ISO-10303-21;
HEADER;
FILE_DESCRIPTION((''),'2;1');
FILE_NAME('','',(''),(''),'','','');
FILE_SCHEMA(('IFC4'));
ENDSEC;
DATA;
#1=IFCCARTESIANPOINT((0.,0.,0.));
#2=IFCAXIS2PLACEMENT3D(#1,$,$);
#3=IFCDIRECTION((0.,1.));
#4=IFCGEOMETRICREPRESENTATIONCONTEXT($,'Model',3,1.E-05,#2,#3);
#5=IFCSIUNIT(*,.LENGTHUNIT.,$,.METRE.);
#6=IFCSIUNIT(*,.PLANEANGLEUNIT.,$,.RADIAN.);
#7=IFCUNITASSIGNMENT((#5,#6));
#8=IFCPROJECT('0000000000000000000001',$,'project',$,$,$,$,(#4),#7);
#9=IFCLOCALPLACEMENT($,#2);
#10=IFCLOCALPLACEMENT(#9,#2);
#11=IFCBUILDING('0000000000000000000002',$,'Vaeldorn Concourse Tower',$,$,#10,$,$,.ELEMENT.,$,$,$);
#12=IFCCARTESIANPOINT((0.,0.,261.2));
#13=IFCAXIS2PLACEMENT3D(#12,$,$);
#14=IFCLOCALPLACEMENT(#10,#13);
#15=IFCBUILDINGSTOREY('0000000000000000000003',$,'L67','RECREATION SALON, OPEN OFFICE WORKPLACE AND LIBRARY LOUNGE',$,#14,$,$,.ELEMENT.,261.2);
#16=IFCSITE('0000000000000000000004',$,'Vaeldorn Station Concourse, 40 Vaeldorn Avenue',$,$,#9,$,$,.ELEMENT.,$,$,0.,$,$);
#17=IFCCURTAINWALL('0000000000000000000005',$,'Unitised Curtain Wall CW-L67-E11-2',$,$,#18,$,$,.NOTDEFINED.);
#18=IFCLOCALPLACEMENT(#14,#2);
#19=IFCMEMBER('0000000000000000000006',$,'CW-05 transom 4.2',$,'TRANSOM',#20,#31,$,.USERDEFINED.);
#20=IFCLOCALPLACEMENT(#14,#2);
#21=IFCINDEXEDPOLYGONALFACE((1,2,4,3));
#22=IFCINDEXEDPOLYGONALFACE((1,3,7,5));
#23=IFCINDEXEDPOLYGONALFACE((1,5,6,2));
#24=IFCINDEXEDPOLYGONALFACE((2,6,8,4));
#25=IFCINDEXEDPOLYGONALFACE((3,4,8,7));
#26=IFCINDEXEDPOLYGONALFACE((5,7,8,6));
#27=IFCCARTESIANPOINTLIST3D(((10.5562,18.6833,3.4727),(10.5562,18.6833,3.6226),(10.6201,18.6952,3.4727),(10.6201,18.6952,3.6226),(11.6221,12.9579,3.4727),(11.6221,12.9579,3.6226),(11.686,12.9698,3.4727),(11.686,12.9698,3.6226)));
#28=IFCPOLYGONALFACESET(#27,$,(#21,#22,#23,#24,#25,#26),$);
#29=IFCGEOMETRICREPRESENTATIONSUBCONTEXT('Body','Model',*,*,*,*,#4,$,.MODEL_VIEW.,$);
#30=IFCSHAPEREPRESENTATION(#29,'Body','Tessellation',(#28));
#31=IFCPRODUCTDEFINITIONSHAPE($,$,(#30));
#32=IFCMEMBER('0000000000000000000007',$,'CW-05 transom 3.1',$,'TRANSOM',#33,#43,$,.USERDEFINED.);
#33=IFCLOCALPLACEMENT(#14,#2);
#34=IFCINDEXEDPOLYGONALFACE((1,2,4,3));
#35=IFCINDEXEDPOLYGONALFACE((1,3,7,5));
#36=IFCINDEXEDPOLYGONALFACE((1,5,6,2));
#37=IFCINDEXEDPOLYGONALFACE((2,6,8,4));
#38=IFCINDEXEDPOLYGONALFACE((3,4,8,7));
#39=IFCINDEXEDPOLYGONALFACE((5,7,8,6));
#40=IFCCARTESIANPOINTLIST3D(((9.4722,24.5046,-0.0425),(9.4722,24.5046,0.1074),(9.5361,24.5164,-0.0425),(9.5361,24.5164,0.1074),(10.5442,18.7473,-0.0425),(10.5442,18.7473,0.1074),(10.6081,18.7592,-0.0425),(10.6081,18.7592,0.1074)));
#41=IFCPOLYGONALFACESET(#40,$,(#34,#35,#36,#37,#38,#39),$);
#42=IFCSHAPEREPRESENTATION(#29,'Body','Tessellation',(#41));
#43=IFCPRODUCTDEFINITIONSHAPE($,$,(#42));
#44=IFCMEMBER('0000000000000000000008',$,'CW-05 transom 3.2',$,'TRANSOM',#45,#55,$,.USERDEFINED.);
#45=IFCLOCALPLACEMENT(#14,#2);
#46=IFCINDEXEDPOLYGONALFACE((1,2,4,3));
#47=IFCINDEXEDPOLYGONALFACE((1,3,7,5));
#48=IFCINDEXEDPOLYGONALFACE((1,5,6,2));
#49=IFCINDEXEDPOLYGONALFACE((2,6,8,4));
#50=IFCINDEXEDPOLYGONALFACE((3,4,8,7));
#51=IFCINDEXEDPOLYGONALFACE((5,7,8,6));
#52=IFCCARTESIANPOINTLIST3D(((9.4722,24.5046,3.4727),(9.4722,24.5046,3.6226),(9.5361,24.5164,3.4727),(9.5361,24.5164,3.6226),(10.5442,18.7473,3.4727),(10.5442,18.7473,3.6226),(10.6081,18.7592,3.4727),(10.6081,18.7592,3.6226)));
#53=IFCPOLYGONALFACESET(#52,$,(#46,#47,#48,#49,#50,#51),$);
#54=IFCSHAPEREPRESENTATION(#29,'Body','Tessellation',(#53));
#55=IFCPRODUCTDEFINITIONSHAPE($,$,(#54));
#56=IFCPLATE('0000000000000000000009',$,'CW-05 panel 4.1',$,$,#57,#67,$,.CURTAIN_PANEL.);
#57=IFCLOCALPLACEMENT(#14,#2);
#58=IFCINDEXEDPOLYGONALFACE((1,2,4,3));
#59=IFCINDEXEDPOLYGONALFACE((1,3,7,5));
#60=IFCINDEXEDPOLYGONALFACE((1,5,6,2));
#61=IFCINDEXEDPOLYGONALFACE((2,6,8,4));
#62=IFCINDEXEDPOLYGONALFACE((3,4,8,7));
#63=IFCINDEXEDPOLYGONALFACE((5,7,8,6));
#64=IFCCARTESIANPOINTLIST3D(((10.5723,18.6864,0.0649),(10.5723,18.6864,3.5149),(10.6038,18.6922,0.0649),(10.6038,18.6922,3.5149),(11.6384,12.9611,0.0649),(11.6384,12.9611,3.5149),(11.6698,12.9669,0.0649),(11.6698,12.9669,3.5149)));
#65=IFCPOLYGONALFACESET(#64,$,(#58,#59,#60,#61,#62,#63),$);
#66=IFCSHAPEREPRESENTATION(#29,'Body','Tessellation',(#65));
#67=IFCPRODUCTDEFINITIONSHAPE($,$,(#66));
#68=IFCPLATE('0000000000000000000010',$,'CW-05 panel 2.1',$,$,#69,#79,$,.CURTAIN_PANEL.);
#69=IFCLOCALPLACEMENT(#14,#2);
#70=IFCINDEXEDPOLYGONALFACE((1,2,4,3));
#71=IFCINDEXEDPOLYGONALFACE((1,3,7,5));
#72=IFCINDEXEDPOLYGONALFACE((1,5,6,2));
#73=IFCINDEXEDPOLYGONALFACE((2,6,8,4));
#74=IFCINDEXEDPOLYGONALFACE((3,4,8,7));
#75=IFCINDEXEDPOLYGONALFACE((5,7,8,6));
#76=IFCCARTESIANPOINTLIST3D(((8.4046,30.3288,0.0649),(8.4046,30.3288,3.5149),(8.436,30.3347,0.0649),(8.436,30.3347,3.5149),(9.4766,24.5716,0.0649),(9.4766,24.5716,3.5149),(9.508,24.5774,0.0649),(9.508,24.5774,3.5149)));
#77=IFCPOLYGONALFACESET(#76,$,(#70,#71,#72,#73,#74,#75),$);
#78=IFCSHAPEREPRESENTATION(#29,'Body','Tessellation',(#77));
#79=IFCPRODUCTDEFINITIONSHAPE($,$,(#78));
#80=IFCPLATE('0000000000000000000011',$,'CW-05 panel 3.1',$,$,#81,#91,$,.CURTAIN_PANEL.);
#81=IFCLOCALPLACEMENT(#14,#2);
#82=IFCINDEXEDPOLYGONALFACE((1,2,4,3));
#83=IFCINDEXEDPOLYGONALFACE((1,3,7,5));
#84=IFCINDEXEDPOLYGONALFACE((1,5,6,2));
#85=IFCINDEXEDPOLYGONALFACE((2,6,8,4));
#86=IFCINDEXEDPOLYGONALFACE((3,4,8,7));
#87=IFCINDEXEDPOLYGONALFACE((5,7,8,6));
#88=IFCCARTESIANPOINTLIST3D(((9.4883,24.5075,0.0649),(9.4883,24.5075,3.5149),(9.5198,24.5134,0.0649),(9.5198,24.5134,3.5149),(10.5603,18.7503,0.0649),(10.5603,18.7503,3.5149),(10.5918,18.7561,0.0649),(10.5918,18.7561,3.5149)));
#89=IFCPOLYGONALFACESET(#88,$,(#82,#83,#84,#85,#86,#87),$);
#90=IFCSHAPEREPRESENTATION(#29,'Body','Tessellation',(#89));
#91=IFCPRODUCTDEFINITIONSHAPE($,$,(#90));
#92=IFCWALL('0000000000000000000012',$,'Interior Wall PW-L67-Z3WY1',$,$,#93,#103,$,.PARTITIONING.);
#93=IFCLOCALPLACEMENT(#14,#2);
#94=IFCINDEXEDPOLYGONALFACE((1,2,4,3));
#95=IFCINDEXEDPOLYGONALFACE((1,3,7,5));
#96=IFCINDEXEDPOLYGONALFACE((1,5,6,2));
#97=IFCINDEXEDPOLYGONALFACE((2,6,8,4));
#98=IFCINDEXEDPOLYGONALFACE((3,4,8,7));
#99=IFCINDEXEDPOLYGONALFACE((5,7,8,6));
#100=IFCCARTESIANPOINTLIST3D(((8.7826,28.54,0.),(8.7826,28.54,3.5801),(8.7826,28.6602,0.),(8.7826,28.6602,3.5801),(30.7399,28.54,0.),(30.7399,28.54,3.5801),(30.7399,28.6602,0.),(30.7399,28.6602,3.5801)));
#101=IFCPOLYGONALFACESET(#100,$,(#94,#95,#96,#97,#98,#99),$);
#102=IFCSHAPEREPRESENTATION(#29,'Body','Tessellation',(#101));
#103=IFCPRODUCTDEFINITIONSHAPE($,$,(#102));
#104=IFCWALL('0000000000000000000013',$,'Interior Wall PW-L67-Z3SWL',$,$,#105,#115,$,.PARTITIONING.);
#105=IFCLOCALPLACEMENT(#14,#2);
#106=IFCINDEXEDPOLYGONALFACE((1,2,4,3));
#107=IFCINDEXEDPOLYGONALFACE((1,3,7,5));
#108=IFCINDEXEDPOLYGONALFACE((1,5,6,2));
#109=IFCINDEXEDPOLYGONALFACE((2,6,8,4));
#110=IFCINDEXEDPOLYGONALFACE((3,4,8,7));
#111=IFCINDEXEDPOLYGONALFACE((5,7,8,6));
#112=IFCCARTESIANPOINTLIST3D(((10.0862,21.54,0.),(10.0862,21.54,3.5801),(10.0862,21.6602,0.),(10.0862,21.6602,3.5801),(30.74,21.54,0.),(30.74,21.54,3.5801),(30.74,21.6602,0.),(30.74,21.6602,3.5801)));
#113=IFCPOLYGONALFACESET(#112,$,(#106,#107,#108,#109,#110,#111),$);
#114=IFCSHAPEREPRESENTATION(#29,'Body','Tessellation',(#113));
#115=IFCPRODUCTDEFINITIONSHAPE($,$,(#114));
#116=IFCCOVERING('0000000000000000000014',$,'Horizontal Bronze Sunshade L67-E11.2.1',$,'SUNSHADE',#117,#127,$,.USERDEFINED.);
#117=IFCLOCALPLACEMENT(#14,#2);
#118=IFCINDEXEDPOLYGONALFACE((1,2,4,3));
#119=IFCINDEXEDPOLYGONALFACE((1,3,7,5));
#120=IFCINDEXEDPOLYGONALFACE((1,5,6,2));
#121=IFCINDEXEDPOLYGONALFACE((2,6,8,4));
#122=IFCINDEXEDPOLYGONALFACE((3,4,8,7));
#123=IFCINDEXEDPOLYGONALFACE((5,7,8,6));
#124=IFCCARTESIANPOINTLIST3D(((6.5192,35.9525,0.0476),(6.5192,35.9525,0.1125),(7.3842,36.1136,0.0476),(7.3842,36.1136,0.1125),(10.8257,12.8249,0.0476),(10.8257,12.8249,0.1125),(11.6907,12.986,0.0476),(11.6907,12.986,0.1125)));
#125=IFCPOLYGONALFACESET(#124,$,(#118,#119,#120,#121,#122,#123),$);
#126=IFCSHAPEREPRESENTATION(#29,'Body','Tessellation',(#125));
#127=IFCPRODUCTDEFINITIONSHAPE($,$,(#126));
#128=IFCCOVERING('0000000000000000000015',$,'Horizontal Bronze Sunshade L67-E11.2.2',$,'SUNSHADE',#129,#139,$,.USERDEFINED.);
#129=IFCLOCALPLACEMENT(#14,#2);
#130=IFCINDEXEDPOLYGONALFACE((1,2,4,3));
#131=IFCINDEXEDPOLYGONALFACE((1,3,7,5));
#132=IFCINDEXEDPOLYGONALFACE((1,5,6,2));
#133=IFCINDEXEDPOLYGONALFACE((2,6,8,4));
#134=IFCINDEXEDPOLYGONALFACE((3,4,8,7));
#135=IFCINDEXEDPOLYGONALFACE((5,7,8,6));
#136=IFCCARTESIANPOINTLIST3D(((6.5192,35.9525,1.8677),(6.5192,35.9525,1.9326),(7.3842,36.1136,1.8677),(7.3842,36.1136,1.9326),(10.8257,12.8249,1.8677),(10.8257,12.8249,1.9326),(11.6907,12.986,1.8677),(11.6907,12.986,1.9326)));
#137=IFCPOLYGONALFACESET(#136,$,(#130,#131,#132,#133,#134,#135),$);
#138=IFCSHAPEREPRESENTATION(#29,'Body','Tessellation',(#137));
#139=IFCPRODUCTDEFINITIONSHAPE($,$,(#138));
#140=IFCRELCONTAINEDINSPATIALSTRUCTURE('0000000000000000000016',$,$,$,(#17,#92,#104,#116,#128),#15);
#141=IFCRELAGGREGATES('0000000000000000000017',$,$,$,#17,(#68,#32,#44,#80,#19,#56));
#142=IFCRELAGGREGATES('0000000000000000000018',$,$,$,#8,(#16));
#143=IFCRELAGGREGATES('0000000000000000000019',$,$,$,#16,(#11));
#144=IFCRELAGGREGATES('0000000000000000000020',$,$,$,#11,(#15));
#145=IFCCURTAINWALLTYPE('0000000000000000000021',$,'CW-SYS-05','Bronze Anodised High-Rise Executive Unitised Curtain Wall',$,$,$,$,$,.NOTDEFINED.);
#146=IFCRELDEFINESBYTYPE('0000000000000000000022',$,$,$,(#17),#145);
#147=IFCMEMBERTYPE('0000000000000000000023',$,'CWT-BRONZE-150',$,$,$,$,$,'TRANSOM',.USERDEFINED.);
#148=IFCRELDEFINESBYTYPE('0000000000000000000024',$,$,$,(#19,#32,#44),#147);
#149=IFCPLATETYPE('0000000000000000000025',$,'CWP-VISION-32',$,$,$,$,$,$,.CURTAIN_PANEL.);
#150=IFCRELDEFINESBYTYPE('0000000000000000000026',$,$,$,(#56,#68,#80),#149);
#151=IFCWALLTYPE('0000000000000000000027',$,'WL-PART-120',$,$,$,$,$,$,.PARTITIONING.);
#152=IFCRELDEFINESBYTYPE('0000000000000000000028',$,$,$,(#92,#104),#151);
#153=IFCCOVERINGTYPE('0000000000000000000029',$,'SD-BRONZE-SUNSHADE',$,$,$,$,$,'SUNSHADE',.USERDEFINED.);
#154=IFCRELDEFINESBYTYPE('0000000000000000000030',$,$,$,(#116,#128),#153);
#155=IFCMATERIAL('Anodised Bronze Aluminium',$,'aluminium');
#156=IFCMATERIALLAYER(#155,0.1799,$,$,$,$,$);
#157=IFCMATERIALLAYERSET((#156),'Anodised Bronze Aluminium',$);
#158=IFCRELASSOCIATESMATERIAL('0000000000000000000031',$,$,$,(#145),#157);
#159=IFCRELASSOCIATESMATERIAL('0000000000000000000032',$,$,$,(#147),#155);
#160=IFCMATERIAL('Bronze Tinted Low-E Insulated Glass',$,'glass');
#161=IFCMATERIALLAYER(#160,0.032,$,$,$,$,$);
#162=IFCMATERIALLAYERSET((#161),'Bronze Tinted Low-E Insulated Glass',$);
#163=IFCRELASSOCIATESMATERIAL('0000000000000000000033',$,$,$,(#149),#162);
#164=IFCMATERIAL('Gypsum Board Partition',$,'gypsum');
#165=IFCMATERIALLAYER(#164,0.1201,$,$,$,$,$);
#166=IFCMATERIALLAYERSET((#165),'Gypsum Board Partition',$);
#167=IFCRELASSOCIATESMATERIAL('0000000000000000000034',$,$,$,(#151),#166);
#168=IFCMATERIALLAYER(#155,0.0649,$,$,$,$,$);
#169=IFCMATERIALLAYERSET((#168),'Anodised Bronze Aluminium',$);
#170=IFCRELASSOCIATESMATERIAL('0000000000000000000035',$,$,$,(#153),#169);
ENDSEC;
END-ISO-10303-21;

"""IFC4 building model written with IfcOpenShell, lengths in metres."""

from ifc_helpers import new_model, si_unit, direction, frame, frame_2d, origin, origin_2d, place, context, subcontext, project, spatial, rectangle, extrude, source, transform, mapped, material, layer, layer_set, material_profile, profile_set, type_object, element, aggregate, save


model = new_model("IFC4")

# Units and contexts
model_context = context("Model", 3, precision=1e-05, world=origin(), true_north=direction((0.0, 1.0)))
body_context = subcontext(model_context, "Body", "Model", "MODEL_VIEW")
ifc_project = project(units=[si_unit("LENGTHUNIT", "METRE"), si_unit("PLANEANGLEUNIT", "RADIAN")], contexts=[model_context])

# Site, building, storey
site_placement = place(None, origin())
site = spatial("IfcSite", under=ifc_project, at=site_placement, Name="Vaeldorn Station Concourse, 40 Vaeldorn Avenue", CompositionType="ELEMENT", RefElevation=0.0)
building_placement = place(site_placement, origin())
building = spatial("IfcBuilding", under=site, at=building_placement, Name="Vaeldorn Concourse Tower", CompositionType="ELEMENT")
storey_placement = place(building_placement, frame((0.0, 0.0, 261.2)))
storey = spatial("IfcBuildingStorey", under=building, at=storey_placement, Name="L67", Description="RECREATION SALON, OPEN OFFICE WORKPLACE AND LIBRARY LOUNGE", CompositionType="ELEMENT", Elevation=261.2)

# Shared definitions
ifc_material_1 = material(Name="Anodised Bronze Aluminium", Category="aluminium")
ifc_layer_1 = layer(ifc_material_1, 0.1799)
ifc_layer_set_1 = layer_set([ifc_layer_1], Name="Anodised Bronze Aluminium")
curtain_wall_type = type_object("IfcCurtainWallType", Name="CW-SYS-05", Description="Bronze Anodised High-Rise Executive Unitised Curtain Wall", PredefinedType="NOTDEFINED", material=ifc_layer_set_1)
ifc_material_profile_1 = material_profile(ifc_material_1, rectangle(XDim=0.0649, YDim=0.1499, at=origin_2d()), Name="CWT 65x150")
ifc_profile_set_1 = profile_set([ifc_material_profile_1], Name="Anodised Bronze Aluminium")
member_type_1 = type_object("IfcMemberType", Name="CWT-BRONZE-150", ElementType="TRANSOM", PredefinedType="USERDEFINED", material=ifc_profile_set_1)

# Curtain wall
curtain_wall_1_placement = place(storey_placement, origin())
curtain_wall_1 = element("IfcCurtainWall", 1, at=curtain_wall_1_placement, inside=storey, type_object=curtain_wall_type, Name="Unitised Curtain Wall CW-L67-E11-2", PredefinedType="NOTDEFINED")

# Members
shared_shape_1 = source(origin(), body_context, "Body", "SweptSolid", [
    extrude(rectangle(XDim=0.0649, YDim=0.1499, at=origin_2d()), origin(), (0.0, 0.0, 1.0), 5.8237),
])
member_1_placement = place(storey_placement, frame((10.5881, 18.6892, 3.5476), z_axis=(0.18303, -0.983107, 0.0), x_axis=(0.983107, 0.18303, 0.0)))
member_1 = element("IfcMember", 2, at=member_1_placement, type_object=member_type_1, Name="CW-05 transom 4.2", ObjectType="TRANSOM", PredefinedType="USERDEFINED", context=body_context, shape_type="MappedRepresentation", body=[
    mapped(shared_shape_1, transform((0.0, 0.0, 0.0), scale=1.0)),
])
shared_shape_2 = source(origin(), body_context, "Body", "SweptSolid", [
    extrude(rectangle(XDim=0.0649, YDim=0.1499, at=origin_2d()), origin(), (0.0, 0.0, 1.0), 5.8562),
])
member_2_placement = place(storey_placement, frame((9.5042, 24.5105, 0.0325), z_axis=(0.183055, -0.983103, 0.0), x_axis=(0.983103, 0.183055, 0.0)))
member_2 = element("IfcMember", 3, at=member_2_placement, type_object=member_type_1, Name="CW-05 transom 3.1", ObjectType="TRANSOM", PredefinedType="USERDEFINED", context=body_context, shape_type="MappedRepresentation", body=[
    mapped(shared_shape_2, transform((0.0, 0.0, 0.0), scale=1.0)),
])
member_3_placement = place(storey_placement, frame((9.5042, 24.5105, 3.5476), z_axis=(0.183055, -0.983103, 0.0), x_axis=(0.983103, 0.183055, 0.0)))
member_3 = element("IfcMember", 4, at=member_3_placement, type_object=member_type_1, Name="CW-05 transom 3.2", ObjectType="TRANSOM", PredefinedType="USERDEFINED", context=body_context, shape_type="MappedRepresentation", body=[
    mapped(shared_shape_2, transform((0.0, 0.0, 0.0), scale=1.0)),
])

# Plates
ifc_material_2 = material(Name="Bronze Tinted Low-E Insulated Glass", Category="glass")
ifc_layer_2 = layer(ifc_material_2, 0.032)
ifc_layer_set_2 = layer_set([ifc_layer_2], Name="Bronze Tinted Low-E Insulated Glass")
plate_type = type_object("IfcPlateType", Name="CWP-VISION-32", PredefinedType="CURTAIN_PANEL", material=ifc_layer_set_2)
shared_shape_3 = source(origin(), body_context, "Body", "SweptSolid", [
    extrude(rectangle(XDim=5.8237, YDim=0.032, at=origin_2d()), origin(), (0.0, 0.0, 1.0), 3.45),
])
plate_1_placement = place(storey_placement, frame((11.1211, 15.8267, 0.0649), z_axis=(0.0, 0.0, 1.0), x_axis=(0.183055, -0.983103, 0.0)))
plate_1 = element("IfcPlate", 5, at=plate_1_placement, type_object=plate_type, Name="CW-05 panel 4.1", PredefinedType="CURTAIN_PANEL", context=body_context, shape_type="MappedRepresentation", body=[
    mapped(shared_shape_3, transform((0.0, 0.0, 0.0), scale=1.0)),
])
shared_shape_4 = source(origin(), body_context, "Body", "SweptSolid", [
    extrude(rectangle(XDim=5.8562, YDim=0.032, at=origin_2d()), origin(), (0.0, 0.0, 1.0), 3.45),
])
plate_2_placement = place(storey_placement, frame((8.9563, 27.4531, 0.0649), z_axis=(0.0, 0.0, 1.0), x_axis=(0.183055, -0.983103, 0.0)))
plate_2 = element("IfcPlate", 6, at=plate_2_placement, type_object=plate_type, Name="CW-05 panel 2.1", PredefinedType="CURTAIN_PANEL", context=body_context, shape_type="MappedRepresentation", body=[
    mapped(shared_shape_4, transform((0.0, 0.0, 0.0), scale=1.0)),
])
plate_3_placement = place(storey_placement, frame((10.04, 21.6318, 0.0649), z_axis=(0.0, 0.0, 1.0), x_axis=(0.183055, -0.983103, 0.0)))
plate_3 = element("IfcPlate", 7, at=plate_3_placement, type_object=plate_type, Name="CW-05 panel 3.1", PredefinedType="CURTAIN_PANEL", context=body_context, shape_type="MappedRepresentation", body=[
    mapped(shared_shape_4, transform((0.0, 0.0, 0.0), scale=1.0)),
])
aggregate(curtain_wall_1, [plate_2, member_2, member_3, plate_3, member_1, plate_1])

# Walls
ifc_material_3 = material(Name="Gypsum Board Partition", Category="gypsum")
ifc_layer_3 = layer(ifc_material_3, 0.1201)
ifc_layer_set_3 = layer_set([ifc_layer_3], Name="Gypsum Board Partition")
wall_type = type_object("IfcWallType", Name="WL-PART-120", PredefinedType="PARTITIONING", material=ifc_layer_set_3)
wall_1_placement = place(storey_placement, frame((8.7827, 28.6001, 0.0), z_axis=(0.0, 0.0, 1.0), x_axis=(1.0, 0.0, 0.0)))
element("IfcWall", 8, at=wall_1_placement, inside=storey, type_object=wall_type, Name="Interior Wall PW-L67-Z3WY1", PredefinedType="PARTITIONING", context=body_context, shape_type="SweptSolid", body=[
    extrude(rectangle(XDim=21.9573, YDim=0.1201, at=frame_2d((10.9785, 0.0))), origin(), (0.0, 0.0, 1.0), 3.5801),
])
wall_2_placement = place(storey_placement, frame((10.0862, 21.6001, 0.0), z_axis=(0.0, 0.0, 1.0), x_axis=(1.0, 0.0, 0.0)))
element("IfcWall", 9, at=wall_2_placement, inside=storey, type_object=wall_type, Name="Interior Wall PW-L67-Z3SWL", PredefinedType="PARTITIONING", context=body_context, shape_type="SweptSolid", body=[
    extrude(rectangle(XDim=20.6538, YDim=0.1201, at=frame_2d((10.3269, 0.0))), origin(), (0.0, 0.0, 1.0), 3.5801),
])

# Coverings
ifc_layer_4 = layer(ifc_material_1, 0.0649)
ifc_layer_set_4 = layer_set([ifc_layer_4], Name="Anodised Bronze Aluminium")
covering_type = type_object("IfcCoveringType", Name="SD-BRONZE-SUNSHADE", ElementType="SUNSHADE", PredefinedType="USERDEFINED", material=ifc_layer_set_4)
shared_shape_5 = source(origin(), body_context, "Body", "SweptSolid", [
    extrude(rectangle(XDim=23.5251, YDim=0.8799, at=origin_2d()), origin(), (0.0, 0.0, 1.0), 0.0649),
])
for number, where, z_axis, x_axis, name in (
    (10, (9.105, 24.4692, 0.0476), (0.0, 0.0, 1.0), (0.183059, -0.983102, 0.0), "Horizontal Bronze Sunshade L67-E11.2.1"),
    (11, (9.105, 24.4692, 1.8677), (0.0, 0.0, 1.0), (0.183059, -0.983102, 0.0), "Horizontal Bronze Sunshade L67-E11.2.2"),
):
    element("IfcCovering", number, at=place(storey_placement, frame(where, z_axis=z_axis, x_axis=x_axis)), inside=storey, type_object=covering_type, Name=name, ObjectType="SUNSHADE", PredefinedType="USERDEFINED", context=body_context, shape_type="MappedRepresentation", body=[
        mapped(shared_shape_5, transform((0.0, 0.0, 0.0), scale=1.0)),
    ])

save(model, "model.ifc")
